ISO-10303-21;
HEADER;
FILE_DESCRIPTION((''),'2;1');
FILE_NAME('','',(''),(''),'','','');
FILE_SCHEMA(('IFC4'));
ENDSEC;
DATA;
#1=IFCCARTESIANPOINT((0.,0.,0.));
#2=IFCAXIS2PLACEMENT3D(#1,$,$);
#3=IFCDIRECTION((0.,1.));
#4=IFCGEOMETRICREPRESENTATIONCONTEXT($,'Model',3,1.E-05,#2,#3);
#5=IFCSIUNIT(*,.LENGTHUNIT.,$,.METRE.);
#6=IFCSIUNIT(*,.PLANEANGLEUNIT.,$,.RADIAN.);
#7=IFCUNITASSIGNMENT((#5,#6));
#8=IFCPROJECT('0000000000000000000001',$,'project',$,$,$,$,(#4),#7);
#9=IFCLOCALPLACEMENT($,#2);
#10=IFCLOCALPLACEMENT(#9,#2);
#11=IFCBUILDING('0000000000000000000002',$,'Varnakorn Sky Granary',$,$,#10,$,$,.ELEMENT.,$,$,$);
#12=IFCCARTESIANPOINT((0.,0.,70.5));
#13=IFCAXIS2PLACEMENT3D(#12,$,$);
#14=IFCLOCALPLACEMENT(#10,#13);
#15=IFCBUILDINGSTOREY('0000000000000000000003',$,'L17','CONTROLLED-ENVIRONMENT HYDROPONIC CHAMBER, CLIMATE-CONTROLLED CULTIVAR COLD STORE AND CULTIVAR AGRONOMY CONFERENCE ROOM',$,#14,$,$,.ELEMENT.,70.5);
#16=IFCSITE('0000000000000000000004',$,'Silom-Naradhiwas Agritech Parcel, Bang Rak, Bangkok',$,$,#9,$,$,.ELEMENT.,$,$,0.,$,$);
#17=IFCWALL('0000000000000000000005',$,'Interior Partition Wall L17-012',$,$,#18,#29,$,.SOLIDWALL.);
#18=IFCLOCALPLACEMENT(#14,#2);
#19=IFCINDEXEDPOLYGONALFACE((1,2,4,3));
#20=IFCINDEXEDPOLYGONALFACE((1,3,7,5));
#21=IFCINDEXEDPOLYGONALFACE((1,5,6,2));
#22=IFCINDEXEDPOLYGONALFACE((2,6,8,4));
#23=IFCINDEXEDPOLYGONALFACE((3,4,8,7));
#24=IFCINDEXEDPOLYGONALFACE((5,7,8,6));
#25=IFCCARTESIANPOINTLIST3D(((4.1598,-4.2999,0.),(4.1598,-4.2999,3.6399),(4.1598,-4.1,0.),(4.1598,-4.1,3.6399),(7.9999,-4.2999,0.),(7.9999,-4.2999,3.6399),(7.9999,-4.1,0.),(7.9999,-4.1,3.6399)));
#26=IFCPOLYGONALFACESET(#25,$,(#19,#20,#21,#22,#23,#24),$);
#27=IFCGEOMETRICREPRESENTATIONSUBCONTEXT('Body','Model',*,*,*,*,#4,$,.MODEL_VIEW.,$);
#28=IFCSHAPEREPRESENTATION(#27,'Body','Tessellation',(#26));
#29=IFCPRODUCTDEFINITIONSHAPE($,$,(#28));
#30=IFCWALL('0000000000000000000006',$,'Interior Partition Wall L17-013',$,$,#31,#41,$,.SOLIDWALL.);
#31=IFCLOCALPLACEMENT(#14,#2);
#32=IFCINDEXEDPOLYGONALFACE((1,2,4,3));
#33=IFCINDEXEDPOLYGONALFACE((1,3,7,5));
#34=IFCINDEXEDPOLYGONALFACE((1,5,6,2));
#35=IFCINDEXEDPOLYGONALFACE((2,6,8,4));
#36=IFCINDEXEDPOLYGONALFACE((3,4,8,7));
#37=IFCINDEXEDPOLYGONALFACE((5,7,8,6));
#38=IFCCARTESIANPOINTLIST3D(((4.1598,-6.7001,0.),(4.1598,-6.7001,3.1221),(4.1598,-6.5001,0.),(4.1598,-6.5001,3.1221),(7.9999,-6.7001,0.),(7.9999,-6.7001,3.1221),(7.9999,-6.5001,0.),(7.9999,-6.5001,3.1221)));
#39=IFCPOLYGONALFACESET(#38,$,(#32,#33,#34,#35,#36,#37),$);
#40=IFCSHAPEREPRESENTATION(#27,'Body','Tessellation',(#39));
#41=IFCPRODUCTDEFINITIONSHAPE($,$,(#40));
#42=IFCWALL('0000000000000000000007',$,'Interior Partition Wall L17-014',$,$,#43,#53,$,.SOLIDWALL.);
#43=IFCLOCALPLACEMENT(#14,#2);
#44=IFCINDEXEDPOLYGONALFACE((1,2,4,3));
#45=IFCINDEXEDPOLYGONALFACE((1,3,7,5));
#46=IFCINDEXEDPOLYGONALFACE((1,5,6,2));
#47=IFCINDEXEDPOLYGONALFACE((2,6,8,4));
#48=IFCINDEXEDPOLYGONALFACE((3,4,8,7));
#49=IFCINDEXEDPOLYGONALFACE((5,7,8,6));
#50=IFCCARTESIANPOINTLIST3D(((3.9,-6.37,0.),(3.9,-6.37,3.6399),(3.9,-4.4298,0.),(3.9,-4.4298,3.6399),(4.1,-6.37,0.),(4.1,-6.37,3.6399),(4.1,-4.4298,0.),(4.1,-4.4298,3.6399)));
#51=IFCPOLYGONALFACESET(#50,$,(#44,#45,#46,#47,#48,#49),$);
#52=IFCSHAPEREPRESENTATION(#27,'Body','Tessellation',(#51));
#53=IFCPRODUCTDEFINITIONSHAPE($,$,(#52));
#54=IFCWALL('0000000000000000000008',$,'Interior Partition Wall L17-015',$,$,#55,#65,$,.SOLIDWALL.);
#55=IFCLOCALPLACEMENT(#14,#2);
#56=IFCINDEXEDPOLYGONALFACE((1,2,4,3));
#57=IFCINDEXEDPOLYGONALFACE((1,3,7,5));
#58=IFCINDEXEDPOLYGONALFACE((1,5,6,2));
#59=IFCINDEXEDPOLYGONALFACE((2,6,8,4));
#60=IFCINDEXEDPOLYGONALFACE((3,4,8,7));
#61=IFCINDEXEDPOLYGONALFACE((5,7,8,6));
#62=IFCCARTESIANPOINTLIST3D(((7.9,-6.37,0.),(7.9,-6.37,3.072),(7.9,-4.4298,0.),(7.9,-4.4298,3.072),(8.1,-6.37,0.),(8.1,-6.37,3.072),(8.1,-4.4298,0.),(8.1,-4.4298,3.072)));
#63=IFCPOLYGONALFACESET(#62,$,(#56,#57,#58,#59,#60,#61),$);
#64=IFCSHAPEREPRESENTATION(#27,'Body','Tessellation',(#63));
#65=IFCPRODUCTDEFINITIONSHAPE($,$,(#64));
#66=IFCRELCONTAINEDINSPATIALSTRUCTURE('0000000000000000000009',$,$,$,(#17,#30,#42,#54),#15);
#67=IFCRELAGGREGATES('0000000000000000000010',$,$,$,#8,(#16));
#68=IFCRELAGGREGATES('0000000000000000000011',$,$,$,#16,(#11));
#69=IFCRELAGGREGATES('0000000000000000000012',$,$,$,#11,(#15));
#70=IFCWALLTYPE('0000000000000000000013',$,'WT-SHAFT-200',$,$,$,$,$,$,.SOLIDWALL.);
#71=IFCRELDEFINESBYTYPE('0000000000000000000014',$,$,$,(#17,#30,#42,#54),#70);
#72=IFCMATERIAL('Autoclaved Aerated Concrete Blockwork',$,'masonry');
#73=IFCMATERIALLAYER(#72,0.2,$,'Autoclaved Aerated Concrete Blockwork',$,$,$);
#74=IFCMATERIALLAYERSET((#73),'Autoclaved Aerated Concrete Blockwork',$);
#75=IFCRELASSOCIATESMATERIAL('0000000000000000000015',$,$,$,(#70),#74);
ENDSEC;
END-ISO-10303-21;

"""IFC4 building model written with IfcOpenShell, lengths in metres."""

from ifc_helpers import new_model, si_unit, direction, frame, frame_2d, origin, place, context, subcontext, project, spatial, rectangle, extrude, material, layer, layer_set, type_object, element, save


model = new_model("IFC4")

# Units and contexts
model_context = context("Model", 3, precision=1e-05, world=origin(), true_north=direction((0.0, 1.0)))
body_context = subcontext(model_context, "Body", "Model", "MODEL_VIEW")
ifc_project = project(units=[si_unit("LENGTHUNIT", "METRE"), si_unit("PLANEANGLEUNIT", "RADIAN")], contexts=[model_context])

# Site, building, storey
site_placement = place(None, origin())
site = spatial("IfcSite", under=ifc_project, at=site_placement, Name="Silom-Naradhiwas Agritech Parcel, Bang Rak, Bangkok", CompositionType="ELEMENT", RefElevation=0.0)
building_placement = place(site_placement, origin())
building = spatial("IfcBuilding", under=site, at=building_placement, Name="Varnakorn Sky Granary", CompositionType="ELEMENT")
storey_placement = place(building_placement, frame((0.0, 0.0, 70.5)))
storey = spatial("IfcBuildingStorey", under=building, at=storey_placement, Name="L17", Description="CONTROLLED-ENVIRONMENT HYDROPONIC CHAMBER, CLIMATE-CONTROLLED CULTIVAR COLD STORE AND CULTIVAR AGRONOMY CONFERENCE ROOM", CompositionType="ELEMENT", Elevation=70.5)

# Shared definitions
ifc_material_1 = material(Name="Autoclaved Aerated Concrete Blockwork", Category="masonry")

# Walls
ifc_layer_1 = layer(ifc_material_1, 0.2, Name="Autoclaved Aerated Concrete Blockwork")
ifc_layer_set_1 = layer_set([ifc_layer_1], Name="Autoclaved Aerated Concrete Blockwork")
wall_type_1 = type_object("IfcWallType", Name="WT-SHAFT-200", PredefinedType="SOLIDWALL", material=ifc_layer_set_1)
wall_1_placement = place(storey_placement, frame((4.1599, -4.2, 0.0), z_axis=(0.0, 0.0, 1.0), x_axis=(1.0, 0.0, 0.0)))
element("IfcWall", 1, at=wall_1_placement, inside=storey, type_object=wall_type_1, Name="Interior Partition Wall L17-012", PredefinedType="SOLIDWALL", context=body_context, shape_type="SweptSolid", body=[
    extrude(rectangle(XDim=3.8401, YDim=0.2, at=frame_2d((1.9199, 0.0))), origin(), (0.0, 0.0, 1.0), 3.6399),
])
wall_2_placement = place(storey_placement, frame((4.1599, -6.6001, 0.0), z_axis=(0.0, 0.0, 1.0), x_axis=(1.0, 0.0, 0.0)))
element("IfcWall", 2, at=wall_2_placement, inside=storey, type_object=wall_type_1, Name="Interior Partition Wall L17-013", PredefinedType="SOLIDWALL", context=body_context, shape_type="SweptSolid", body=[
    extrude(rectangle(XDim=3.8401, YDim=0.2, at=frame_2d((1.9199, 0.0))), origin(), (0.0, 0.0, 1.0), 3.1221),
])
wall_3_placement = place(storey_placement, frame((4.0, -6.3701, 0.0), z_axis=(0.0, 0.0, 1.0), x_axis=(0.0, 1.0, 0.0)))
element("IfcWall", 3, at=wall_3_placement, inside=storey, type_object=wall_type_1, Name="Interior Partition Wall L17-014", PredefinedType="SOLIDWALL", context=body_context, shape_type="SweptSolid", body=[
    extrude(rectangle(XDim=1.9402, YDim=0.2, at=frame_2d((0.9702, 0.0))), origin(), (0.0, 0.0, 1.0), 3.6399),
])
wall_4_placement = place(storey_placement, frame((8.0, -6.3701, 0.0), z_axis=(0.0, 0.0, 1.0), x_axis=(0.0, 1.0, 0.0)))
element("IfcWall", 4, at=wall_4_placement, inside=storey, type_object=wall_type_1, Name="Interior Partition Wall L17-015", PredefinedType="SOLIDWALL", context=body_context, shape_type="SweptSolid", body=[
    extrude(rectangle(XDim=1.9402, YDim=0.2, at=frame_2d((0.9702, 0.0))), origin(), (0.0, 0.0, 1.0), 3.072),
])

save(model, "model.ifc")
